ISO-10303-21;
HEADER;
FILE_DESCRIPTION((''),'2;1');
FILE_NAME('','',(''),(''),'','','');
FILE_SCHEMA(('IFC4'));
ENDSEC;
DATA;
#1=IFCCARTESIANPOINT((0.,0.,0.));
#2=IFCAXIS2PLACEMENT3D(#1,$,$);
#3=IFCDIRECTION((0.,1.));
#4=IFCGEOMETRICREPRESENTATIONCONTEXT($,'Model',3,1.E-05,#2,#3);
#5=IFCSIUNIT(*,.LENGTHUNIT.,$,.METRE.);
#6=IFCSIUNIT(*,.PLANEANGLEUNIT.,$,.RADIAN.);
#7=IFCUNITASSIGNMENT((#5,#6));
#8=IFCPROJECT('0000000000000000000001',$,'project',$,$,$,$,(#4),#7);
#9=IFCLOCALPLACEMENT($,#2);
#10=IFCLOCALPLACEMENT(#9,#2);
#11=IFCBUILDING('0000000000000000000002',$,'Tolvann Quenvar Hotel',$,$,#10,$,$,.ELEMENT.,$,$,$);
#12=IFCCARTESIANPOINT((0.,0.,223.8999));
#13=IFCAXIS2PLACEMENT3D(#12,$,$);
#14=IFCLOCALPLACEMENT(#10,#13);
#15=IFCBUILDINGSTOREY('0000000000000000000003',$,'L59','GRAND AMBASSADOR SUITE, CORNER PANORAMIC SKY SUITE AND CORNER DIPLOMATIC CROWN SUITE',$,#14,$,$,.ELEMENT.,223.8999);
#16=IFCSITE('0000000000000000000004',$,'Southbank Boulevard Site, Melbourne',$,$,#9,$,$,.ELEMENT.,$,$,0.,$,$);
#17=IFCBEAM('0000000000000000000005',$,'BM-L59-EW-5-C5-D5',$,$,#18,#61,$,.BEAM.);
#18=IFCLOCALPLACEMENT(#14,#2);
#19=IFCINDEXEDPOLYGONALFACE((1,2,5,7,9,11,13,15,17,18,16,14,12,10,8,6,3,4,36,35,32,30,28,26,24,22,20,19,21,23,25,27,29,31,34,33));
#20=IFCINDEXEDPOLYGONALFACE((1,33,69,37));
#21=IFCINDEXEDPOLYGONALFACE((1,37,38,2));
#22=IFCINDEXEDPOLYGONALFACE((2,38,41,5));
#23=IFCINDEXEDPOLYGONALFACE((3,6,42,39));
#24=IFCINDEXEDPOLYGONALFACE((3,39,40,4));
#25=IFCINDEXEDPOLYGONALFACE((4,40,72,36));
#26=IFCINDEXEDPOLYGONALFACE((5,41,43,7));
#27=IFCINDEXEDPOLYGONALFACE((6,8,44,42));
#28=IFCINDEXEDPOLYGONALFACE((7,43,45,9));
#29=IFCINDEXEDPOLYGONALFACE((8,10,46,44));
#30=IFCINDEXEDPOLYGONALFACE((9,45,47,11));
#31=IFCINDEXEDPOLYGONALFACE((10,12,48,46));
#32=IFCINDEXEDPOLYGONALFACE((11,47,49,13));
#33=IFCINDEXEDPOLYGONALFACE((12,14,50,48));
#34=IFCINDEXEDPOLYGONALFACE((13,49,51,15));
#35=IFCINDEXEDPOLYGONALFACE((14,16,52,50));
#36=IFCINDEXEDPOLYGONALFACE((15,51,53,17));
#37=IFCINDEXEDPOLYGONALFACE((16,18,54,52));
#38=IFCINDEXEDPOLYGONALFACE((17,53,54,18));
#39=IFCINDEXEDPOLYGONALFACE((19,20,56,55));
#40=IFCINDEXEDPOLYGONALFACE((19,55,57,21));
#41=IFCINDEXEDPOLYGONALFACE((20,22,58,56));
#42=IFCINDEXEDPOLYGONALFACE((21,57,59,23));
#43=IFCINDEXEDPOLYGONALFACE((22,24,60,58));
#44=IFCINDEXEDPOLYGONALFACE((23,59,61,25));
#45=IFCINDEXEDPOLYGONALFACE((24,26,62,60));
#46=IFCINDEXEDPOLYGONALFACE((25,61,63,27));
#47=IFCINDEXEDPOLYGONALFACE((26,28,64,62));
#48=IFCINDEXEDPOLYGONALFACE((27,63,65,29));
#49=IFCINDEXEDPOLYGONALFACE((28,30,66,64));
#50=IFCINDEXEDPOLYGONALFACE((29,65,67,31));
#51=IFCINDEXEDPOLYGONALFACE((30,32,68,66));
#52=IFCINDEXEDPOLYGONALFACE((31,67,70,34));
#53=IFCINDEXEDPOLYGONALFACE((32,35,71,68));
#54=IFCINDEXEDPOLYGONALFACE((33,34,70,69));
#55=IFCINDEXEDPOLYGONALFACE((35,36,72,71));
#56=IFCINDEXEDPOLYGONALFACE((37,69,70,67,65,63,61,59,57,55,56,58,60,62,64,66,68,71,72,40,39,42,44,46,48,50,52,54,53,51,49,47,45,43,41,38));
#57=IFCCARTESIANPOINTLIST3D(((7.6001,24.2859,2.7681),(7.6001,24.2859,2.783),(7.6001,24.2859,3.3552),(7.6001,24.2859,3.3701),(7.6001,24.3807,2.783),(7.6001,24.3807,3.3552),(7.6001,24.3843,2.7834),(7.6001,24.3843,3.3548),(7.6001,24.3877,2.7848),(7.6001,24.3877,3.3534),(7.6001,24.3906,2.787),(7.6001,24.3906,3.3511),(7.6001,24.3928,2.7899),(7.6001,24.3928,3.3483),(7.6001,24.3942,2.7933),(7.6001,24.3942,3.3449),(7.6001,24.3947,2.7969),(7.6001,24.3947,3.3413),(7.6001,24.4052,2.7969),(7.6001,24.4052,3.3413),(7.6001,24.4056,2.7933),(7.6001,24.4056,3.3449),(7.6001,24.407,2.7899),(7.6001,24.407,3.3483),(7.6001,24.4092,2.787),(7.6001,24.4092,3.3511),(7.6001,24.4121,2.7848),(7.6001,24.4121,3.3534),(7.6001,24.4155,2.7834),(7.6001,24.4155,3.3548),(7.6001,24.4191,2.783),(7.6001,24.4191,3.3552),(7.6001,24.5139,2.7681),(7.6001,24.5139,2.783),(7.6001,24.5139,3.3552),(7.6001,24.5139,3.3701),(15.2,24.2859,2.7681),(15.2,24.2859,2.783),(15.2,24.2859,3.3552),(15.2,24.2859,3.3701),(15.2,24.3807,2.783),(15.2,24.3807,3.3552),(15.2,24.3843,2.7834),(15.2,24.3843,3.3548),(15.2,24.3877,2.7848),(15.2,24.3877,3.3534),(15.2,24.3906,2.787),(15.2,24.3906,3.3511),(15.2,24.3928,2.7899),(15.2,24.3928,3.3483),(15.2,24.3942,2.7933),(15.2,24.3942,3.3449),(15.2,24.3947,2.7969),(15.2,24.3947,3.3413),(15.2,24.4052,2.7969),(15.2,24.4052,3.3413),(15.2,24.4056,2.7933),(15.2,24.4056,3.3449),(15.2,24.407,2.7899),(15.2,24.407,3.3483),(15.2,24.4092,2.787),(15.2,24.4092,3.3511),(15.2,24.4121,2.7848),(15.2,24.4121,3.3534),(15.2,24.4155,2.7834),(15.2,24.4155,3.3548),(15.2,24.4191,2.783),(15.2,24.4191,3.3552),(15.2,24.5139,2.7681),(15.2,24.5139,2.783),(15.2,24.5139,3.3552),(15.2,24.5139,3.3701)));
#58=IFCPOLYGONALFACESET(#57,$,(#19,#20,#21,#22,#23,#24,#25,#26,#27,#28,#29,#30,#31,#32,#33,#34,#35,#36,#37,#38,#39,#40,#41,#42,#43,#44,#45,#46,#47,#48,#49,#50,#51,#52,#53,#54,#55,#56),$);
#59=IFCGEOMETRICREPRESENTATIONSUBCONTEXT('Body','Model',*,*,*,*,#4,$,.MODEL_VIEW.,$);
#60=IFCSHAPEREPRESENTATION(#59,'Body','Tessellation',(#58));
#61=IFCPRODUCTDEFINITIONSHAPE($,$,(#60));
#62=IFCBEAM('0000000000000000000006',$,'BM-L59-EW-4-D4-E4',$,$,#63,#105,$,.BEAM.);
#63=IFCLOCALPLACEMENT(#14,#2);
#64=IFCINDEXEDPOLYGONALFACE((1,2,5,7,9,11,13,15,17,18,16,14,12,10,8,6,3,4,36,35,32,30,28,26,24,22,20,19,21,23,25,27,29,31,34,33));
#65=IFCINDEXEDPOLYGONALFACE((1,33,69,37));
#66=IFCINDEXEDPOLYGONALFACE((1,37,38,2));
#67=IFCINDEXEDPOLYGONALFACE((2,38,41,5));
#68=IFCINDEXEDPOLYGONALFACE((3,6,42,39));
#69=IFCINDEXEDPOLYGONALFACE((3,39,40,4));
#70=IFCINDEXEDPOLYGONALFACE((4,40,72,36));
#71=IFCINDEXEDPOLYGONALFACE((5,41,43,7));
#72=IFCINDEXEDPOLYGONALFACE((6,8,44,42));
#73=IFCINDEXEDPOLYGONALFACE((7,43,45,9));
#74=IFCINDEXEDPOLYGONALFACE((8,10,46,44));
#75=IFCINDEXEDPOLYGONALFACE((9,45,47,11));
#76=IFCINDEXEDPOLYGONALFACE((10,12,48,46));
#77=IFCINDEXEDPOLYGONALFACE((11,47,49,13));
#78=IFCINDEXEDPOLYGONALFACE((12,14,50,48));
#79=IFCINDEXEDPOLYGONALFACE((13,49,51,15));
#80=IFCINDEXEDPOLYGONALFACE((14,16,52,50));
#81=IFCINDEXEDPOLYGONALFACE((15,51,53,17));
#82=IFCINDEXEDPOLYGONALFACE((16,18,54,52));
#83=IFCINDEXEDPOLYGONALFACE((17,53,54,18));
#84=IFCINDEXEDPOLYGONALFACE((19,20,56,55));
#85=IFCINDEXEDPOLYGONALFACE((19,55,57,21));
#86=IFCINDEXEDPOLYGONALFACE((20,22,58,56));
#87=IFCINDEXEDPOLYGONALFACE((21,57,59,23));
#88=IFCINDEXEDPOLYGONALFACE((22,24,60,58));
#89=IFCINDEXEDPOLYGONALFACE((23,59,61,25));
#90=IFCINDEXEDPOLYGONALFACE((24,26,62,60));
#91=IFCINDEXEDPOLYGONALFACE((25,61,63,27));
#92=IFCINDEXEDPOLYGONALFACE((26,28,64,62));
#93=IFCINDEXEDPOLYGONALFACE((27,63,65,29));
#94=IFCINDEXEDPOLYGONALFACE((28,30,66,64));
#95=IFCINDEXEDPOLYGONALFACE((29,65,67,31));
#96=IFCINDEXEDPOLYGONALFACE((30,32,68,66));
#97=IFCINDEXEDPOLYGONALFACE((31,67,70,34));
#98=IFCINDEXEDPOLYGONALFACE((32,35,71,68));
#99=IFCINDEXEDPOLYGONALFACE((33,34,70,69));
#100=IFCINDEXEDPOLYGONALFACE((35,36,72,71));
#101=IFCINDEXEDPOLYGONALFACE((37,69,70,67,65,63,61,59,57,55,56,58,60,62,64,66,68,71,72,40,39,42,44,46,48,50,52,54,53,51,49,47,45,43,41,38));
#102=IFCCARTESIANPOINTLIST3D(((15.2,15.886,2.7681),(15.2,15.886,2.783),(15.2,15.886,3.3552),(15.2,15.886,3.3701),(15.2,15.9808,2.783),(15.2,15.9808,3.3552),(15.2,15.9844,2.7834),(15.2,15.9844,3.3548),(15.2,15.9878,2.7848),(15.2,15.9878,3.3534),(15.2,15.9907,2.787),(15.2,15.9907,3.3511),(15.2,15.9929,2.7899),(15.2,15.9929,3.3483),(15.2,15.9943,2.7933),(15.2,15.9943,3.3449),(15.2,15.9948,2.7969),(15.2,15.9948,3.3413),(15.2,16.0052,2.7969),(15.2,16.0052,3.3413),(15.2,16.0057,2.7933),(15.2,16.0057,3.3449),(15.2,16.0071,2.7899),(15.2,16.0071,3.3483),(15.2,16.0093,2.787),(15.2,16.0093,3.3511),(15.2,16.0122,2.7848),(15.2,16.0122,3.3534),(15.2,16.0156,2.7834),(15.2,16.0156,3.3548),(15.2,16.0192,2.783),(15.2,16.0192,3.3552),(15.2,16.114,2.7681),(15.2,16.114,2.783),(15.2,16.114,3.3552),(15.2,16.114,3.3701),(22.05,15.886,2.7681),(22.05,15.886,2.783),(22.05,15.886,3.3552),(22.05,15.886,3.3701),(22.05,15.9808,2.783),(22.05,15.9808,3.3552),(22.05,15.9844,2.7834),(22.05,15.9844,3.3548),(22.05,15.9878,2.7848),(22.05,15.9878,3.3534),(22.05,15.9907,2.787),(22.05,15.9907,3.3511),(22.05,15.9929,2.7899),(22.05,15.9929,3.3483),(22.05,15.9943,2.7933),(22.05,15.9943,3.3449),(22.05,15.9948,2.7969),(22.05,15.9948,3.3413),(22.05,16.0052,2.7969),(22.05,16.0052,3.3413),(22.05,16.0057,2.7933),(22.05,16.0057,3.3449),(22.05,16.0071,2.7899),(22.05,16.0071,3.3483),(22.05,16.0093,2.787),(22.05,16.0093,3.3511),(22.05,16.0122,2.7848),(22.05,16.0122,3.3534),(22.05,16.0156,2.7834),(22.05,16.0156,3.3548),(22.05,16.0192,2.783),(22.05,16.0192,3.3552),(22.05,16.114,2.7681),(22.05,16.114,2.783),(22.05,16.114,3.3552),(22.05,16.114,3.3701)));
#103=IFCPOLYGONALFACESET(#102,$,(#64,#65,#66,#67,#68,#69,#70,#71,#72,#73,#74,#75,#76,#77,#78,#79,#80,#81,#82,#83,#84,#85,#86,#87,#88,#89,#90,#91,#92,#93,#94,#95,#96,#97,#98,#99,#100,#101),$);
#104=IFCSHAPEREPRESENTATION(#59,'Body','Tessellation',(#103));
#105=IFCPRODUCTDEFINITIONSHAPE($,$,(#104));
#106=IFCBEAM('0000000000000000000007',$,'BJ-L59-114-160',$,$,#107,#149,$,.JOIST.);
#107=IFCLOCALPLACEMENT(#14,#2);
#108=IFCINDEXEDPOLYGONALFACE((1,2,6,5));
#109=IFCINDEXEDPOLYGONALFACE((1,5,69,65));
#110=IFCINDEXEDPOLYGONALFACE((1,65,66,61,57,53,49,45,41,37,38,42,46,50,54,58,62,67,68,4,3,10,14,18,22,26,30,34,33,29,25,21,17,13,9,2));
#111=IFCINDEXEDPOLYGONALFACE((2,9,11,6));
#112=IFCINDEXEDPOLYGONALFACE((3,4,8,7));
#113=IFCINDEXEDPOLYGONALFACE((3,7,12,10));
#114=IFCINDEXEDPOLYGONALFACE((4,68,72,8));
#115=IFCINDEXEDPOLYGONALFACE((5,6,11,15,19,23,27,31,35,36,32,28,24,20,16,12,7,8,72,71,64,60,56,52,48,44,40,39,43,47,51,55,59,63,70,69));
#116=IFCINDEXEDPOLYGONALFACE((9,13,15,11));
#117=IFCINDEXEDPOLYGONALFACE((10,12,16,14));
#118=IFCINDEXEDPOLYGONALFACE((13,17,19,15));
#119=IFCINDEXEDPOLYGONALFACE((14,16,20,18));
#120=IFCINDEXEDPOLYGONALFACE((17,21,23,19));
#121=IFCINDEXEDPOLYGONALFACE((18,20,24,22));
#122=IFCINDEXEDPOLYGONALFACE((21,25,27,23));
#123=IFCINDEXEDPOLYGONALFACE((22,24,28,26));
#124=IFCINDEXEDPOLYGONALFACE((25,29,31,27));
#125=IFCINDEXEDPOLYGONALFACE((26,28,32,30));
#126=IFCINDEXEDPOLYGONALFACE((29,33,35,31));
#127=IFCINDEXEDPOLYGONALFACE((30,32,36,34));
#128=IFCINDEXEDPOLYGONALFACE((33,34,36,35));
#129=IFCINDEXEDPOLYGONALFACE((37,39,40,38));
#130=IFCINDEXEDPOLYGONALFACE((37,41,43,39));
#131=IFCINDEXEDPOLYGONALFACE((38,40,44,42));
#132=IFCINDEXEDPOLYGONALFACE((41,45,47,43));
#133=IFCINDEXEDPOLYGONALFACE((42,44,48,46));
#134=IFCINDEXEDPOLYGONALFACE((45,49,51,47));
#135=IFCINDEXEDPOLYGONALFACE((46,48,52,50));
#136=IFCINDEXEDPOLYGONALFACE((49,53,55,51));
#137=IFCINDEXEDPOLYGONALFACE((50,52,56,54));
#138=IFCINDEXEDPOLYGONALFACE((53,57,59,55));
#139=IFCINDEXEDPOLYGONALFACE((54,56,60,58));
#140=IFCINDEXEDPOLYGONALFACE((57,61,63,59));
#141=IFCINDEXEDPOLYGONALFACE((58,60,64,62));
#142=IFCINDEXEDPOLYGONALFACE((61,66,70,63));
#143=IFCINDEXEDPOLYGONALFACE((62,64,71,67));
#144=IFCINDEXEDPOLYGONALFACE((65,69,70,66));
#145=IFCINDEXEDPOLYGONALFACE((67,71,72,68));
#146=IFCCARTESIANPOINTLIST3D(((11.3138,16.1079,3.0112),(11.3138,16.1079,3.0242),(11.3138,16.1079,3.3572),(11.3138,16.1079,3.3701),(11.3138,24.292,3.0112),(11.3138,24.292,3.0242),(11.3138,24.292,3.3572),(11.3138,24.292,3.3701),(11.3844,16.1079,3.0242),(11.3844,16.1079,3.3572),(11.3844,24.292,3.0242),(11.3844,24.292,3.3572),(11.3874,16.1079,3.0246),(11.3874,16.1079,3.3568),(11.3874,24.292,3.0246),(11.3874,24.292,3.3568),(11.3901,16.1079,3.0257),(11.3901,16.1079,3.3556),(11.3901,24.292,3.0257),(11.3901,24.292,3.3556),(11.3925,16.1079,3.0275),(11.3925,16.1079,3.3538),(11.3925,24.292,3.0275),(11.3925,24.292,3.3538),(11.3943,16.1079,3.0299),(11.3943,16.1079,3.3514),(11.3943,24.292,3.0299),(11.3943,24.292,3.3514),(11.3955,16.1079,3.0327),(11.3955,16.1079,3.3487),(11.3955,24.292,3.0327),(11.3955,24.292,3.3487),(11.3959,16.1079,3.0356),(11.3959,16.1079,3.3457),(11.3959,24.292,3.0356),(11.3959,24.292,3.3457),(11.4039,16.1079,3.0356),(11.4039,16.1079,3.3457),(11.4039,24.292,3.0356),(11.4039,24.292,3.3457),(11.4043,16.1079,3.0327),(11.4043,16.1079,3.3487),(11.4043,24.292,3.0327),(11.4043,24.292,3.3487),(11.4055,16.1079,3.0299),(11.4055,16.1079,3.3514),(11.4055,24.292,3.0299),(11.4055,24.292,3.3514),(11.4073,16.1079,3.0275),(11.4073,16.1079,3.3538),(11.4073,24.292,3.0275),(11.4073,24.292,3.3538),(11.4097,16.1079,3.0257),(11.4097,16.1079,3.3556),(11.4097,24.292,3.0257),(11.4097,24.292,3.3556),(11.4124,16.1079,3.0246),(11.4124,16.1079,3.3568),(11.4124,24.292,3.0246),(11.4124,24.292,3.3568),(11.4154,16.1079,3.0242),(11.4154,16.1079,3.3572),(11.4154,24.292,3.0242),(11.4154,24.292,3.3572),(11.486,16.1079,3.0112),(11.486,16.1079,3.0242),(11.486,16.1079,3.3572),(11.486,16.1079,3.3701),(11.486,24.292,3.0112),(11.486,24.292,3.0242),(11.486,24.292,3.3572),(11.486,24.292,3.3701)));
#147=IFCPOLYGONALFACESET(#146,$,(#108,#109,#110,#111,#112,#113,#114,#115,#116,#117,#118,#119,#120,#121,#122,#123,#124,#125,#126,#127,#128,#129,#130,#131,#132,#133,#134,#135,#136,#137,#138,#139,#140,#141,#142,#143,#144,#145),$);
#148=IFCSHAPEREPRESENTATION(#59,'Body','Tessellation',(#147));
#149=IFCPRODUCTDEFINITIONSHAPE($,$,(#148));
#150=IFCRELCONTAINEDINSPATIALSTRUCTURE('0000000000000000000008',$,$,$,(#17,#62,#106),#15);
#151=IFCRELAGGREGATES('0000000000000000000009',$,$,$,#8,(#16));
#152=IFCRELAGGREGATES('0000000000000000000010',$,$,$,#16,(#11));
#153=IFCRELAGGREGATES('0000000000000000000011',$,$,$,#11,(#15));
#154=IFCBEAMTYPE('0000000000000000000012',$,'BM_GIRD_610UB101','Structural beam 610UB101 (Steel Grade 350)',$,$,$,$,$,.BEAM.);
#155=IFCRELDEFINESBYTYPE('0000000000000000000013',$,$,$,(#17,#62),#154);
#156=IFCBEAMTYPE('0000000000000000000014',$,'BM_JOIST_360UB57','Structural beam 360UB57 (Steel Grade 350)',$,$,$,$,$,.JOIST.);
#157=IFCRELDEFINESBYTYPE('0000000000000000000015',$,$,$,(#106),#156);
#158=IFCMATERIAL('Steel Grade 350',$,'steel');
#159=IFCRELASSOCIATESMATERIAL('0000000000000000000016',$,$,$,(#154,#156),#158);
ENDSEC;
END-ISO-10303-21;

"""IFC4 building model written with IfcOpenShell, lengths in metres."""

from ifc_helpers import new_model, si_unit, direction, frame, origin, origin_2d, place, context, subcontext, project, spatial, i_section, extrude, source, transform, mapped, material, material_profile, profile_set, type_object, type_shapes, element, save


model = new_model("IFC4")

# Units and contexts
model_context = context("Model", 3, precision=1e-05, world=origin(), true_north=direction((0.0, 1.0)))
body_context = subcontext(model_context, "Body", "Model", "MODEL_VIEW")
ifc_project = project(units=[si_unit("LENGTHUNIT", "METRE"), si_unit("PLANEANGLEUNIT", "RADIAN")], contexts=[model_context])

# Site, building, storey
site_placement = place(None, origin())
site = spatial("IfcSite", under=ifc_project, at=site_placement, Name="Southbank Boulevard Site, Melbourne", CompositionType="ELEMENT", RefElevation=0.0)
building_placement = place(site_placement, origin())
building = spatial("IfcBuilding", under=site, at=building_placement, Name="Tolvann Quenvar Hotel", CompositionType="ELEMENT")
storey_placement = place(building_placement, frame((0.0, 0.0, 223.8999)))
storey = spatial("IfcBuildingStorey", under=building, at=storey_placement, Name="L59", Description="GRAND AMBASSADOR SUITE, CORNER PANORAMIC SKY SUITE AND CORNER DIPLOMATIC CROWN SUITE", CompositionType="ELEMENT", Elevation=223.8999)

# Shared definitions
ifc_material_1 = material(Name="Steel Grade 350", Category="steel")

# Beams
ifc_material_profile_1 = material_profile(ifc_material_1, i_section(OverallWidth=0.228, OverallDepth=0.6021, WebThickness=0.0105, FlangeThickness=0.0149, FilletRadius=0.0139, at=origin_2d()), Name="610UB101")
ifc_profile_set_1 = profile_set([ifc_material_profile_1], Name="Steel Grade 350")
beam_type_1 = type_object("IfcBeamType", Name="BM_GIRD_610UB101", Description="Structural beam 610UB101 (Steel Grade 350)", PredefinedType="BEAM", material=ifc_profile_set_1)
shared_shape_1 = source(origin(), body_context, "Body", "SweptSolid", [
    extrude(i_section(OverallWidth=0.228, OverallDepth=0.6021, WebThickness=0.0105, FlangeThickness=0.0149, FilletRadius=0.0139, at=origin_2d()), origin(), (0.0, 0.0, 1.0), 7.5999),
])
for number, where, z_axis, x_axis, name in (
    (1, (7.6001, 24.3999, 3.0691), (1.0, 0.0, 0.0), (0.0, 1.0, 0.0), "BM-L59-EW-5-C5-D5"),
):
    element("IfcBeam", number, at=place(storey_placement, frame(where, z_axis=z_axis, x_axis=x_axis)), inside=storey, type_object=beam_type_1, Name=name, PredefinedType="BEAM", context=body_context, shape_type="MappedRepresentation", body=[
        mapped(shared_shape_1, transform((0.0, 0.0, 0.0), x_axis=(1.0, 0.0, 0.0), y_axis=(0.0, 1.0, 0.0), z_axis=(0.0, 0.0, 1.0), scale=1.0)),
    ])
shared_shape_2 = source(origin(), body_context, "Body", "SweptSolid", [
    extrude(i_section(OverallWidth=0.228, OverallDepth=0.6021, WebThickness=0.0105, FlangeThickness=0.0149, FilletRadius=0.0139, at=origin_2d()), origin(), (0.0, 0.0, 1.0), 6.8501),
])
beam_1_placement = place(storey_placement, frame((15.2, 16.0, 3.0691), z_axis=(1.0, 0.0, 0.0), x_axis=(0.0, 1.0, 0.0)))
element("IfcBeam", 2, at=beam_1_placement, inside=storey, type_object=beam_type_1, Name="BM-L59-EW-4-D4-E4", PredefinedType="BEAM", context=body_context, shape_type="MappedRepresentation", body=[
    mapped(shared_shape_2, transform((0.0, 0.0, 0.0), x_axis=(1.0, 0.0, 0.0), y_axis=(0.0, 1.0, 0.0), z_axis=(0.0, 0.0, 1.0), scale=1.0)),
])
ifc_material_profile_2 = material_profile(ifc_material_1, i_section(OverallWidth=0.1721, OverallDepth=0.3589, WebThickness=0.0081, FlangeThickness=0.0129, FilletRadius=0.0115, at=origin_2d()), Name="360UB57")
ifc_profile_set_2 = profile_set([ifc_material_profile_2], Name="Steel Grade 350")
beam_type_2 = type_object("IfcBeamType", Name="BM_JOIST_360UB57", Description="Structural beam 360UB57 (Steel Grade 350)", PredefinedType="JOIST", material=ifc_profile_set_2)
shared_shape_3 = source(origin(), body_context, "Body", "SweptSolid", [
    extrude(i_section(OverallWidth=0.1721, OverallDepth=0.3589, WebThickness=0.0081, FlangeThickness=0.0129, FilletRadius=0.0115, at=origin_2d()), origin(), (0.0, 0.0, 1.0), 8.1841),
])
type_shapes(beam_type_2, [shared_shape_3])
beam_2_placement = place(storey_placement, frame((11.3999, 16.1079, 3.1907), z_axis=(0.0, 1.0, 0.0), x_axis=(-1.0, 0.0, 0.0)))
element("IfcBeam", 3, at=beam_2_placement, inside=storey, type_object=beam_type_2, Name="BJ-L59-114-160", PredefinedType="JOIST", context=body_context, shape_type="MappedRepresentation", body=[
    mapped(shared_shape_3, transform((0.0, 0.0, 0.0), x_axis=(1.0, 0.0, 0.0), y_axis=(0.0, 1.0, 0.0), z_axis=(0.0, 0.0, 1.0), scale=1.0)),
])

save(model, "model.ifc")
